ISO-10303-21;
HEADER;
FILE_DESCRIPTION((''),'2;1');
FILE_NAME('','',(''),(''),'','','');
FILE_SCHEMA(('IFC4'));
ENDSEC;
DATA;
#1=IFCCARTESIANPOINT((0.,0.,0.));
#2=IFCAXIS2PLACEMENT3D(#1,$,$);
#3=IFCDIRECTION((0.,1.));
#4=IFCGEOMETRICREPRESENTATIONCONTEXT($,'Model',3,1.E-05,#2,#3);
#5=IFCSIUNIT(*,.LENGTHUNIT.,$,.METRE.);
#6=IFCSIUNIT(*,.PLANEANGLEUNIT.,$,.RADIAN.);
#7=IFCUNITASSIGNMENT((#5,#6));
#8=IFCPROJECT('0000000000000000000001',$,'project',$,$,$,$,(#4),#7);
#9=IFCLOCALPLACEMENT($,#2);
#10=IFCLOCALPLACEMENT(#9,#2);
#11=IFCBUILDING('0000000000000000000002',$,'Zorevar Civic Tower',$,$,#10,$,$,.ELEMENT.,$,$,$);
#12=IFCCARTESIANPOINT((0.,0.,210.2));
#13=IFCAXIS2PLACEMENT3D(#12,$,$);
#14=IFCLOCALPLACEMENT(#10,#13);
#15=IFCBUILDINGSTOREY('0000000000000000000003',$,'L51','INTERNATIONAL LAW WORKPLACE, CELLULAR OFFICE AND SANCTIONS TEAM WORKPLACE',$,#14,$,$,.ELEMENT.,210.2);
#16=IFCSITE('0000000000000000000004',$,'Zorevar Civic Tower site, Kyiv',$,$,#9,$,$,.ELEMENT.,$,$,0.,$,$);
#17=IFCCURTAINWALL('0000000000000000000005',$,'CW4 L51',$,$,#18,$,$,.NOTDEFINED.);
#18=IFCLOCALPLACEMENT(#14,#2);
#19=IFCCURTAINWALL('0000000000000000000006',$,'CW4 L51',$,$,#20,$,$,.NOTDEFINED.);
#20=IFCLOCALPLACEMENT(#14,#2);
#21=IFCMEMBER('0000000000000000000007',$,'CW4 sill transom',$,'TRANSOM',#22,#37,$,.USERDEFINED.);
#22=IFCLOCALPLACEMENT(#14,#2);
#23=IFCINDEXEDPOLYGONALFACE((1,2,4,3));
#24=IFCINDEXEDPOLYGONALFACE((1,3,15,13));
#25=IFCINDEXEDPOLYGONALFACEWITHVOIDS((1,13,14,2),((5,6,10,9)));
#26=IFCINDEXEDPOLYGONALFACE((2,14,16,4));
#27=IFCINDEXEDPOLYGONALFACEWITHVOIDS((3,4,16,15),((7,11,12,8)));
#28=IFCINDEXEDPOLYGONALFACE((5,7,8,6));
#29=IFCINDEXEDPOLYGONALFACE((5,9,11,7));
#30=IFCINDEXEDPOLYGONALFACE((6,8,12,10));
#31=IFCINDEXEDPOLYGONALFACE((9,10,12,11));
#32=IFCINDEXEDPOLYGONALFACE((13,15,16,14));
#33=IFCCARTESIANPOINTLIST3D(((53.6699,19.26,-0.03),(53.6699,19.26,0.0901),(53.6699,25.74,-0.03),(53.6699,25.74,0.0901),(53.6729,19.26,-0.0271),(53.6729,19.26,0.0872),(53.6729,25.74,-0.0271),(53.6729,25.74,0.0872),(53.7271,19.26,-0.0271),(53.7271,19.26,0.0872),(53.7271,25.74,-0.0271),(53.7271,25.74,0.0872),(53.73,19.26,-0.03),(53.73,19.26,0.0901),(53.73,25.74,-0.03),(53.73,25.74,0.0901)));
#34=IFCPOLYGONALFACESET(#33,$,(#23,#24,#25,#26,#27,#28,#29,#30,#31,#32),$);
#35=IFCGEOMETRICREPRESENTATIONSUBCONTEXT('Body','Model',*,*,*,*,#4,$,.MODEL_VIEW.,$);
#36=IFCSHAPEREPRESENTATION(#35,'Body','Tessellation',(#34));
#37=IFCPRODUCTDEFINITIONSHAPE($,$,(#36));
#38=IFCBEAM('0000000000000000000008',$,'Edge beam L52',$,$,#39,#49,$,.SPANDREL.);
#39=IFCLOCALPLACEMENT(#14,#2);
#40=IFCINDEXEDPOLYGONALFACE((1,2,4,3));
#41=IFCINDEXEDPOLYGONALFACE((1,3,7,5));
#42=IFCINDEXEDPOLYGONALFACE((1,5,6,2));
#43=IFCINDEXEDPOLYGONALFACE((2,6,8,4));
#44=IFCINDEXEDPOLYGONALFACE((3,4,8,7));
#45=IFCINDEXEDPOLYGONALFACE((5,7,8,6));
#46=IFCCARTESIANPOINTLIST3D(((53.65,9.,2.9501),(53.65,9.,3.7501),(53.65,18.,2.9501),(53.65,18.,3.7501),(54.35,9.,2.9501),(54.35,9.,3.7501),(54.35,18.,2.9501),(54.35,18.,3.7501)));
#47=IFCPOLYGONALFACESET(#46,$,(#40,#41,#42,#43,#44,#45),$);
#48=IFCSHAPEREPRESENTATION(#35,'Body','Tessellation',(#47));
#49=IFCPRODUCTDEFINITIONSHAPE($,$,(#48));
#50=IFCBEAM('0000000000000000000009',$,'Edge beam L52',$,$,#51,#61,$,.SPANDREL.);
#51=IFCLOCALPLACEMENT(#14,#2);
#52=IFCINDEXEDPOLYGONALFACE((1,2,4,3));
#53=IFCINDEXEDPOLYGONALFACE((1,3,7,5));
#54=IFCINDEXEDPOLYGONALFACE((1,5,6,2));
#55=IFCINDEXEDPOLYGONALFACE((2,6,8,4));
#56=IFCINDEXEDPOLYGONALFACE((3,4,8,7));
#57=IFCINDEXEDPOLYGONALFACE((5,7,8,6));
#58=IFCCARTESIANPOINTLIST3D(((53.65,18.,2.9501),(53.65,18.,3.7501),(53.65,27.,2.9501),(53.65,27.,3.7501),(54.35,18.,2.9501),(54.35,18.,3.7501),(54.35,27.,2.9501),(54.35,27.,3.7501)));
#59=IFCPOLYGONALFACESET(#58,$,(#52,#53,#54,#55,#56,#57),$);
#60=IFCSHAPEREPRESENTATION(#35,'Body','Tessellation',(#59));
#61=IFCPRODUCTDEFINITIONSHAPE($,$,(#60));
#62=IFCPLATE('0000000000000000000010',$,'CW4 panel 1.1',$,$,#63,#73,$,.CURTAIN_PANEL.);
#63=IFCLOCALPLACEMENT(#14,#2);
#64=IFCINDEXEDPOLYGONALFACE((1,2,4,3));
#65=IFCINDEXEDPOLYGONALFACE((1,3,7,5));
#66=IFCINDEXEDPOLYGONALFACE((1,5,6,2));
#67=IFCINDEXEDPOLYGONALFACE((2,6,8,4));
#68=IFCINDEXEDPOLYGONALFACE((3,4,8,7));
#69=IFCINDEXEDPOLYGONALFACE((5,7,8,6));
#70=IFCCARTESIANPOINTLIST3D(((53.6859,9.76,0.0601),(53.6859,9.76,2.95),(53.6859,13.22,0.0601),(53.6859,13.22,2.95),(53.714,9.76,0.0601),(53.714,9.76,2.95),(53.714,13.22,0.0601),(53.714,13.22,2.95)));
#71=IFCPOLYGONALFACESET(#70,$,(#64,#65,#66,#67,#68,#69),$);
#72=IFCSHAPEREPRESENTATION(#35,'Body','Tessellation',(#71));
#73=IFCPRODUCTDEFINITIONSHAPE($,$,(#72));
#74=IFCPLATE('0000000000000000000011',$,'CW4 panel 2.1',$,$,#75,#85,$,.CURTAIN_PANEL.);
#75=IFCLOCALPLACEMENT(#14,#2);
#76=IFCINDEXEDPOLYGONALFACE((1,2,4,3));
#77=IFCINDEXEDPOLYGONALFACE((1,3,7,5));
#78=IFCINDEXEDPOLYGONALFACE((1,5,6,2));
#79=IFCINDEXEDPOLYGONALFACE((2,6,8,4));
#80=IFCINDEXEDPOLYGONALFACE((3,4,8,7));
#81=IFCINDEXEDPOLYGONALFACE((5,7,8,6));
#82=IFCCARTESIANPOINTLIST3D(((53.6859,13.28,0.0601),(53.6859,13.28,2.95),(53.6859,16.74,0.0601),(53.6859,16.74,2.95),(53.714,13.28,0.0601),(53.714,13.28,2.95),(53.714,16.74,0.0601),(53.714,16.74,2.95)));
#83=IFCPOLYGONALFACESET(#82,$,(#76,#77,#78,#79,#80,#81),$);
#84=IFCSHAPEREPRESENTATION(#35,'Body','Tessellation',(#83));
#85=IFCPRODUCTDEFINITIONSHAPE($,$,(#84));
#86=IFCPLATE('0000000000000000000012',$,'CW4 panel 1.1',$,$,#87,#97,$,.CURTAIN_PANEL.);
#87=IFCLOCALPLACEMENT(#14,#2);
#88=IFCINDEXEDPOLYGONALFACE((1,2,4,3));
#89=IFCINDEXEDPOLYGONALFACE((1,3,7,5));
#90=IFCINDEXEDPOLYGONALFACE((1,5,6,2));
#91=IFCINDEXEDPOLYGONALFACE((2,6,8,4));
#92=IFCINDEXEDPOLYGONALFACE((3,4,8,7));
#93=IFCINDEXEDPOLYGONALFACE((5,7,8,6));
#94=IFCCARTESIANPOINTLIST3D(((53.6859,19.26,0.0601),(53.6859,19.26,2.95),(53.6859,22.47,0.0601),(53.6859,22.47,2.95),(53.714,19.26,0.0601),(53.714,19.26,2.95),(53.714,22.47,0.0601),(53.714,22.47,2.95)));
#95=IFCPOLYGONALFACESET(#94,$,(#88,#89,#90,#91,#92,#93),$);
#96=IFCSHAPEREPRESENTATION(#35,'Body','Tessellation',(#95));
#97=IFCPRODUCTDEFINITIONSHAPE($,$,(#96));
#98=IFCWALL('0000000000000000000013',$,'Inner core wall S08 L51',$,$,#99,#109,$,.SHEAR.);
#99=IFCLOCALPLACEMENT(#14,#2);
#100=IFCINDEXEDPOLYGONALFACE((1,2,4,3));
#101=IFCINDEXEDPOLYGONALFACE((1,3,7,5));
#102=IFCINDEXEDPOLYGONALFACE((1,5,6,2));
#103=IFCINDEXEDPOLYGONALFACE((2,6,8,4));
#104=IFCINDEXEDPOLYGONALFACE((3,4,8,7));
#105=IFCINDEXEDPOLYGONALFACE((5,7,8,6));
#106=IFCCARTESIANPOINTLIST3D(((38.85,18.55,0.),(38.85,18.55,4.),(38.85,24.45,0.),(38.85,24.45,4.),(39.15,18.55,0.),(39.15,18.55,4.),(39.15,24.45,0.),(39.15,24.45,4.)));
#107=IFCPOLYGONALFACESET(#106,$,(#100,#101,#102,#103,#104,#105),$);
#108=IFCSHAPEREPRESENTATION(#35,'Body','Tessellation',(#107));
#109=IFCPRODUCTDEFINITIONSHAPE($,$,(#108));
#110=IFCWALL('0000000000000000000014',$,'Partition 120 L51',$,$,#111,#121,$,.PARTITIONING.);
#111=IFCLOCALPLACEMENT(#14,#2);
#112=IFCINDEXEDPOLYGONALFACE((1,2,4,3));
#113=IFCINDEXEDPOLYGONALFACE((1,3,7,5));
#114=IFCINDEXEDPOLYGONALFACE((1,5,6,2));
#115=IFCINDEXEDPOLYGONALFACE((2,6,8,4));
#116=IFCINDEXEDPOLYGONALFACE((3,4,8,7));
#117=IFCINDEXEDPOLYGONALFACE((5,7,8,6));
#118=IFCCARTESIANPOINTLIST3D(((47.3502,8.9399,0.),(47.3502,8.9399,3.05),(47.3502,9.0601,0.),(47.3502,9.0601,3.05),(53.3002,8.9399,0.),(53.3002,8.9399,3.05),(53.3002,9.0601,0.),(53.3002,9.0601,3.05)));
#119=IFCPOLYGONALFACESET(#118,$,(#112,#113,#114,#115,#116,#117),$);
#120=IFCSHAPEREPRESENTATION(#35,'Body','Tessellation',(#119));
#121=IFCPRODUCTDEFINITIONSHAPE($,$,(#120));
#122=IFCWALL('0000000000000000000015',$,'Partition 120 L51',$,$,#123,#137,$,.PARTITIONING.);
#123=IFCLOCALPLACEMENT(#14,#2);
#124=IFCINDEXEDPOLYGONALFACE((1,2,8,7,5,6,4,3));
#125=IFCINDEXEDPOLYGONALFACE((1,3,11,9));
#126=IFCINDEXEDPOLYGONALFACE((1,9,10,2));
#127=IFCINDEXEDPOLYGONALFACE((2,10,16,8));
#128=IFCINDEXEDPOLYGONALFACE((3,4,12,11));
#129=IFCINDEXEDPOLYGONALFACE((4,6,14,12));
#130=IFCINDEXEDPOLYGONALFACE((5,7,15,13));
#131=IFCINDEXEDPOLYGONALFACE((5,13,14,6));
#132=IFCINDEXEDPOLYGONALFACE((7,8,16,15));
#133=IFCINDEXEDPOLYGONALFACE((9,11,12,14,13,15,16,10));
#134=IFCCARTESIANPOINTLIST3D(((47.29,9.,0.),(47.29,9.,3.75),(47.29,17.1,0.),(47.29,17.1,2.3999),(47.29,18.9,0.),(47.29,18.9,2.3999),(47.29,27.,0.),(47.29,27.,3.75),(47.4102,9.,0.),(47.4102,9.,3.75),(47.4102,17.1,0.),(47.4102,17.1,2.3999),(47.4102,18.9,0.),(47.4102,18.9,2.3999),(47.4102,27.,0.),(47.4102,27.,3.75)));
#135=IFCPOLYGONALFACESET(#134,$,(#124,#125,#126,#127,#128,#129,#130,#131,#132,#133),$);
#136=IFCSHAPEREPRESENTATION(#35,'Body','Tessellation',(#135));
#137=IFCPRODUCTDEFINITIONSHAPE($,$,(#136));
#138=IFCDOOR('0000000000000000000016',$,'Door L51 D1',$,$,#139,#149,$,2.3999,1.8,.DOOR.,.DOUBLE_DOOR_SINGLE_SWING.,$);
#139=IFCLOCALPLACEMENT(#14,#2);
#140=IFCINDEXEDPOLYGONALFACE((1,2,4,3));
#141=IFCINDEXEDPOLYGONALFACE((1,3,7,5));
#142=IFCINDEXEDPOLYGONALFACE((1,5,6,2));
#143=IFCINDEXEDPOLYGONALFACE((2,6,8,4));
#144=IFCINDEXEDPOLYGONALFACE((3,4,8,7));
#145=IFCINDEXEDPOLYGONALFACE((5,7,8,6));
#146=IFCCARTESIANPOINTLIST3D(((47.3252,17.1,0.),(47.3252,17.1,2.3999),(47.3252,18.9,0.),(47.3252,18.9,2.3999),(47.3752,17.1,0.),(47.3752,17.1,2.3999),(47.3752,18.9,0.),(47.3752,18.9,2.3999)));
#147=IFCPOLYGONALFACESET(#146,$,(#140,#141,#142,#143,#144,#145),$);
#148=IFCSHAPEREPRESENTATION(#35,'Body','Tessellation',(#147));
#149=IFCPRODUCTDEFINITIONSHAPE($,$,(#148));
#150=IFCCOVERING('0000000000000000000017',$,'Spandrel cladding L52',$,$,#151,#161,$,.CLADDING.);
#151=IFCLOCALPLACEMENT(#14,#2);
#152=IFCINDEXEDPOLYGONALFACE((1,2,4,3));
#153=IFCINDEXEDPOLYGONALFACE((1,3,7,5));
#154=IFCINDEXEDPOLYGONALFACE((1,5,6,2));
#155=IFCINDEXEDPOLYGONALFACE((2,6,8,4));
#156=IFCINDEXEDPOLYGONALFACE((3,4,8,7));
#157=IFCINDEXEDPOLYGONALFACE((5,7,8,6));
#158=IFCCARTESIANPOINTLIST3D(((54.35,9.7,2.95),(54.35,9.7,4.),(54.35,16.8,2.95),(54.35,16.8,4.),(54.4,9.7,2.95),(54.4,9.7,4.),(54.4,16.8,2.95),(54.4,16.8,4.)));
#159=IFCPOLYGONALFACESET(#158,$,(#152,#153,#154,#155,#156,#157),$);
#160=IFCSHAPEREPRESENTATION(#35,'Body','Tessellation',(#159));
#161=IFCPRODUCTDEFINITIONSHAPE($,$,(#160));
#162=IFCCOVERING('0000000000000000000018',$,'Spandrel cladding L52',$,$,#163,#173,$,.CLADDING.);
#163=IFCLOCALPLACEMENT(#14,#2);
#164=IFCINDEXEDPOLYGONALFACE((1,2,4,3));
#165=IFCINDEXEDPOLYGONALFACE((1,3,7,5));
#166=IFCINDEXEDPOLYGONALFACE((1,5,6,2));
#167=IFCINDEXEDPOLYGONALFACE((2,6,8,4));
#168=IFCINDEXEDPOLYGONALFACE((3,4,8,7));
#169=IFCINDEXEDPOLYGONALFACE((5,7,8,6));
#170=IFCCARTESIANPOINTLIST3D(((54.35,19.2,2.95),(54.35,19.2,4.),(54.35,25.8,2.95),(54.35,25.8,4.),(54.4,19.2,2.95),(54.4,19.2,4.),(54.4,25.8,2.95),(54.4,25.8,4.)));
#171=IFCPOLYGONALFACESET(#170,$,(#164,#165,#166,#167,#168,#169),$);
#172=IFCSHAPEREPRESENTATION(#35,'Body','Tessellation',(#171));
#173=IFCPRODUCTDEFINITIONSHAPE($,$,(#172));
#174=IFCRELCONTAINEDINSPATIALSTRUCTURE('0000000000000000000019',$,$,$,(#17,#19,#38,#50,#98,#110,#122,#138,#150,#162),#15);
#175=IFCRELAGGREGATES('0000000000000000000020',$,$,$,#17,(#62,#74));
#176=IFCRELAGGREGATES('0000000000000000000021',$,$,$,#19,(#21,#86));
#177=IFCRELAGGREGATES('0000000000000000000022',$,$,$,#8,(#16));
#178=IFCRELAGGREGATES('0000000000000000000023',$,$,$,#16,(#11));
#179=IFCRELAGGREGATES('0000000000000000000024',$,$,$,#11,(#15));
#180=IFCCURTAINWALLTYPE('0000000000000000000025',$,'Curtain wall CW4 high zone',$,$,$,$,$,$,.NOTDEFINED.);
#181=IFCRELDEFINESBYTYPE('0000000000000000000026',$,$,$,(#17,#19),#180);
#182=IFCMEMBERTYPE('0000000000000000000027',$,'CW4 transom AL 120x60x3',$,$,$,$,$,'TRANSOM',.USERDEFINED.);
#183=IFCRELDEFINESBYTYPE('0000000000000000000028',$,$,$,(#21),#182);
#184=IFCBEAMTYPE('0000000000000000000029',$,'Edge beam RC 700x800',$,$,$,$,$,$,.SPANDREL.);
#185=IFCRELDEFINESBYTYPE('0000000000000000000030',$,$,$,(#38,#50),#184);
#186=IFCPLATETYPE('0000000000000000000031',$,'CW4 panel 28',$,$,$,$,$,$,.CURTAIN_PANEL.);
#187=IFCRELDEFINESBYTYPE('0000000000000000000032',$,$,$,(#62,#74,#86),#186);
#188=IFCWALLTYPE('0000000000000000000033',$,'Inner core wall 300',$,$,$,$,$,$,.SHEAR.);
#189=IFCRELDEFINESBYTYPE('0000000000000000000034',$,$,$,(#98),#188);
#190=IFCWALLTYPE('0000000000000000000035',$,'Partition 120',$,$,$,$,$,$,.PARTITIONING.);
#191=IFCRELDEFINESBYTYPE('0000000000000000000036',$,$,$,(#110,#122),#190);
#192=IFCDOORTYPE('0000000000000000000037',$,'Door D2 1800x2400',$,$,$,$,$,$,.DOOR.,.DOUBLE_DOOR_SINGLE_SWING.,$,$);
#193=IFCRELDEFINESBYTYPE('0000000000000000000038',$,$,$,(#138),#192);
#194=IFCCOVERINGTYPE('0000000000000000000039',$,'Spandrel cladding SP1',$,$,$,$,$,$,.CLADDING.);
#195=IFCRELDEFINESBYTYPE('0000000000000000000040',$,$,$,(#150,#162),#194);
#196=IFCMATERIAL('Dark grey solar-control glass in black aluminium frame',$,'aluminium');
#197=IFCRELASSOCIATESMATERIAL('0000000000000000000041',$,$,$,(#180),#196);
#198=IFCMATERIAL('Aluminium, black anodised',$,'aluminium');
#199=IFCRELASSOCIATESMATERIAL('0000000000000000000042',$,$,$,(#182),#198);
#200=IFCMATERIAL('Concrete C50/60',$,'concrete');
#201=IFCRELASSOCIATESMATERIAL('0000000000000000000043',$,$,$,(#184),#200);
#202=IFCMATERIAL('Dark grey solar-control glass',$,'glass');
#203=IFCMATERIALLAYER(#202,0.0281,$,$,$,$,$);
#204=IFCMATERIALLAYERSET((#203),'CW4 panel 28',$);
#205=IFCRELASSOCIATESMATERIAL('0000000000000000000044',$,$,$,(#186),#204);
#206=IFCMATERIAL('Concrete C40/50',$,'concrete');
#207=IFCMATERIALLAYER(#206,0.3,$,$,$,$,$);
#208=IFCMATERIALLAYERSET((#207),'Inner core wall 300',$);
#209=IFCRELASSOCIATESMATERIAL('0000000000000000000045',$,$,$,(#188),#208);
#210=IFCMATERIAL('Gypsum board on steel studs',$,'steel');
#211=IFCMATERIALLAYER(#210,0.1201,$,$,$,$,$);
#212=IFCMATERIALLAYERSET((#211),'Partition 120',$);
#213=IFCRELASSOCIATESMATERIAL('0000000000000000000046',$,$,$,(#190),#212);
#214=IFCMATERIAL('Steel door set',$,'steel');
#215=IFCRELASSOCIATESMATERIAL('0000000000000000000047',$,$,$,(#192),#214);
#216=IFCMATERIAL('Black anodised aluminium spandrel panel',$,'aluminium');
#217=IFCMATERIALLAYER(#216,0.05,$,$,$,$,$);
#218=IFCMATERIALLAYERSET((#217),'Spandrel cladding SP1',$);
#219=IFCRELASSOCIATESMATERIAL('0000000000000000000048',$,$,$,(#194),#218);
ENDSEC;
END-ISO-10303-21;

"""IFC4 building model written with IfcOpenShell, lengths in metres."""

from ifc_helpers import new_model, si_unit, direction, frame, frame_2d, origin, origin_2d, place, context, subcontext, project, spatial, rectangle, hollow_rectangle, extrude, material, layer, layer_set, material_profile, profile_set, type_object, element, fill, aggregate, save


model = new_model("IFC4")

# Units and contexts
model_context = context("Model", 3, precision=1e-05, world=origin(), true_north=direction((0.0, 1.0)))
body_context = subcontext(model_context, "Body", "Model", "MODEL_VIEW")
ifc_project = project(units=[si_unit("LENGTHUNIT", "METRE"), si_unit("PLANEANGLEUNIT", "RADIAN")], contexts=[model_context])

# Site, building, storey
site_placement = place(None, origin())
site = spatial("IfcSite", under=ifc_project, at=site_placement, Name="Zorevar Civic Tower site, Kyiv", CompositionType="ELEMENT", RefElevation=0.0)
building_placement = place(site_placement, origin())
building = spatial("IfcBuilding", under=site, at=building_placement, Name="Zorevar Civic Tower", CompositionType="ELEMENT")
storey_placement = place(building_placement, frame((0.0, 0.0, 210.2)))
storey = spatial("IfcBuildingStorey", under=building, at=storey_placement, Name="L51", Description="INTERNATIONAL LAW WORKPLACE, CELLULAR OFFICE AND SANCTIONS TEAM WORKPLACE", CompositionType="ELEMENT", Elevation=210.2)

# Curtain wall
ifc_material_1 = material(Name="Dark grey solar-control glass in black aluminium frame", Category="aluminium")
curtain_wall_type = type_object("IfcCurtainWallType", Name="Curtain wall CW4 high zone", PredefinedType="NOTDEFINED", material=ifc_material_1)
curtain_wall_1_placement = place(storey_placement, origin())
curtain_wall_1 = element("IfcCurtainWall", 1, at=curtain_wall_1_placement, inside=storey, type_object=curtain_wall_type, Name="CW4 L51", PredefinedType="NOTDEFINED")

# Curtain wall
curtain_wall_2_placement = place(storey_placement, origin())
curtain_wall_2 = element("IfcCurtainWall", 2, at=curtain_wall_2_placement, inside=storey, type_object=curtain_wall_type, Name="CW4 L51", PredefinedType="NOTDEFINED")

# Member
ifc_material_2 = material(Name="Aluminium, black anodised", Category="aluminium")
ifc_material_profile_1 = material_profile(ifc_material_2, hollow_rectangle(XDim=0.0601, YDim=0.1201, WallThickness=0.0029, at=origin_2d()), Name="AL 120x60x3")
ifc_profile_set_1 = profile_set([ifc_material_profile_1], Name="Aluminium, black anodised")
member_type_1 = type_object("IfcMemberType", Name="CW4 transom AL 120x60x3", ElementType="TRANSOM", PredefinedType="USERDEFINED", material=ifc_profile_set_1)
member_1_placement = place(storey_placement, frame((53.7, 19.26, 0.03), z_axis=(0.0, 1.0, 0.0), x_axis=(-1.0, 0.0, 0.0)))
member_1 = element("IfcMember", 3, at=member_1_placement, type_object=member_type_1, Name="CW4 sill transom", ObjectType="TRANSOM", PredefinedType="USERDEFINED", context=body_context, shape_type="SweptSolid", body=[
    extrude(hollow_rectangle(XDim=0.0601, YDim=0.1201, WallThickness=0.0029, at=origin_2d()), origin(), (0.0, 0.0, 1.0), 6.48),
])

# Beams
ifc_material_3 = material(Name="Concrete C50/60", Category="concrete")
ifc_material_profile_2 = material_profile(ifc_material_3, rectangle(XDim=0.7, YDim=0.8, at=origin_2d()), Name="RC 700x800")
ifc_profile_set_2 = profile_set([ifc_material_profile_2], Name="Concrete C50/60")
beam_type_1 = type_object("IfcBeamType", Name="Edge beam RC 700x800", PredefinedType="SPANDREL", material=ifc_profile_set_2)
for number, where, z_axis, x_axis, name in (
    (4, (54.0, 9.0, 3.3501), (0.0, 1.0, 0.0), (-1.0, 0.0, 0.0), "Edge beam L52"),
    (5, (54.0, 18.0, 3.3501), (0.0, 1.0, 0.0), (-1.0, 0.0, 0.0), "Edge beam L52"),
):
    element("IfcBeam", number, at=place(storey_placement, frame(where, z_axis=z_axis, x_axis=x_axis)), inside=storey, type_object=beam_type_1, Name=name, PredefinedType="SPANDREL", context=body_context, shape_type="SweptSolid", body=[
        extrude(rectangle(XDim=0.7, YDim=0.8, at=origin_2d()), origin(), (0.0, 0.0, 1.0), 9.0),
    ])

# Plates
ifc_material_4 = material(Name="Dark grey solar-control glass", Category="glass")
ifc_layer_1 = layer(ifc_material_4, 0.0281)
ifc_layer_set_1 = layer_set([ifc_layer_1], Name="CW4 panel 28")
plate_type = type_object("IfcPlateType", Name="CW4 panel 28", PredefinedType="CURTAIN_PANEL", material=ifc_layer_set_1)
plate_1_placement = place(storey_placement, frame((53.7, 11.49, 0.0601), z_axis=(0.0, 0.0, 1.0), x_axis=(0.0, 1.0, 0.0)))
plate_1 = element("IfcPlate", 6, at=plate_1_placement, type_object=plate_type, Name="CW4 panel 1.1", PredefinedType="CURTAIN_PANEL", context=body_context, shape_type="SweptSolid", body=[
    extrude(rectangle(XDim=3.46, YDim=0.0281, at=origin_2d()), origin(), (0.0, 0.0, 1.0), 2.8899),
])
plate_2_placement = place(storey_placement, frame((53.7, 15.01, 0.0601), z_axis=(0.0, 0.0, 1.0), x_axis=(0.0, 1.0, 0.0)))
plate_2 = element("IfcPlate", 7, at=plate_2_placement, type_object=plate_type, Name="CW4 panel 2.1", PredefinedType="CURTAIN_PANEL", context=body_context, shape_type="SweptSolid", body=[
    extrude(rectangle(XDim=3.46, YDim=0.0281, at=origin_2d()), origin(), (0.0, 0.0, 1.0), 2.8899),
])
aggregate(curtain_wall_1, [plate_1, plate_2])
plate_3_placement = place(storey_placement, frame((53.7, 20.865, 0.0601), z_axis=(0.0, 0.0, 1.0), x_axis=(0.0, 1.0, 0.0)))
plate_3 = element("IfcPlate", 8, at=plate_3_placement, type_object=plate_type, Name="CW4 panel 1.1", PredefinedType="CURTAIN_PANEL", context=body_context, shape_type="SweptSolid", body=[
    extrude(rectangle(XDim=3.21, YDim=0.0281, at=origin_2d()), origin(), (0.0, 0.0, 1.0), 2.8899),
])
aggregate(curtain_wall_2, [member_1, plate_3])

# Walls
ifc_material_5 = material(Name="Concrete C40/50", Category="concrete")
ifc_layer_2 = layer(ifc_material_5, 0.3)
ifc_layer_set_2 = layer_set([ifc_layer_2], Name="Inner core wall 300")
wall_type_1 = type_object("IfcWallType", Name="Inner core wall 300", PredefinedType="SHEAR", material=ifc_layer_set_2)
wall_1_placement = place(storey_placement, frame((39.0, 18.55, 0.0), z_axis=(0.0, 0.0, 1.0), x_axis=(0.0, 1.0, 0.0)))
element("IfcWall", 9, at=wall_1_placement, inside=storey, type_object=wall_type_1, Name="Inner core wall S08 L51", PredefinedType="SHEAR", context=body_context, shape_type="SweptSolid", body=[
    extrude(rectangle(XDim=5.8999, YDim=0.3, at=frame_2d((2.95, 0.0))), origin(), (0.0, 0.0, 1.0), 4.0),
])
ifc_material_6 = material(Name="Gypsum board on steel studs", Category="steel")
ifc_layer_3 = layer(ifc_material_6, 0.1201)
ifc_layer_set_3 = layer_set([ifc_layer_3], Name="Partition 120")
wall_type_2 = type_object("IfcWallType", Name="Partition 120", PredefinedType="PARTITIONING", material=ifc_layer_set_3)
wall_2_placement = place(storey_placement, frame((47.3501, 9.0, 0.0), z_axis=(0.0, 0.0, 1.0), x_axis=(1.0, 0.0, 0.0)))
element("IfcWall", 10, at=wall_2_placement, inside=storey, type_object=wall_type_2, Name="Partition 120 L51", PredefinedType="PARTITIONING", context=body_context, shape_type="SweptSolid", body=[
    extrude(rectangle(XDim=5.95, YDim=0.1201, at=frame_2d((2.9751, 0.0))), origin(), (0.0, 0.0, 1.0), 3.05),
])

# Wall, opening, door
wall_3_placement = place(storey_placement, frame((47.3501, 9.0, 0.0), z_axis=(0.0, 0.0, 1.0), x_axis=(0.0, 1.0, 0.0)))
wall_3 = element("IfcWall", 11, at=wall_3_placement, inside=storey, type_object=wall_type_2, Name="Partition 120 L51", PredefinedType="PARTITIONING", context=body_context, shape_type="SweptSolid", body=[
    extrude(rectangle(XDim=18.0, YDim=0.1201, at=frame_2d((9.0, 0.0))), origin(), (0.0, 0.0, 1.0), 3.75),
])
opening_1_placement = place(wall_3_placement, frame((8.1001, 0.0, 0.0)))
opening_1 = element("IfcOpeningElement", 12, at=opening_1_placement, cuts=wall_3, PredefinedType="OPENING", context=body_context, shape_type="SweptSolid", body=[
    extrude(rectangle(XDim=1.8, YDim=2.3999, at=frame_2d((0.8999, 1.2))), frame((0.0, 0.0701, 0.0), z_axis=(0.0, -1.0, 0.0), x_axis=(1.0, 0.0, 0.0)), (0.0, 0.0, 1.0), 0.1401),
])
ifc_material_7 = material(Name="Steel door set", Category="steel")
door_type_1 = type_object("IfcDoorType", Name="Door D2 1800x2400", OperationType="DOUBLE_DOOR_SINGLE_SWING", PredefinedType="DOOR", material=ifc_material_7)
door_1_placement = place(opening_1_placement, origin())
door_1 = element("IfcDoor", 13, at=door_1_placement, inside=storey, type_object=door_type_1, Name="Door L51 D1", OperationType="DOUBLE_DOOR_SINGLE_SWING", OverallHeight=2.3999, OverallWidth=1.8, PredefinedType="DOOR", context=body_context, shape_type="SweptSolid", body=[
    extrude(rectangle(XDim=1.8, YDim=2.3999, at=frame_2d((0.8999, 1.2))), frame((0.0, 0.0249, 0.0), z_axis=(0.0, -1.0, 0.0), x_axis=(1.0, 0.0, 0.0)), (0.0, 0.0, 1.0), 0.05),
])
fill(opening_1, door_1)

# Coverings
ifc_material_8 = material(Name="Black anodised aluminium spandrel panel", Category="aluminium")
ifc_layer_4 = layer(ifc_material_8, 0.05)
ifc_layer_set_4 = layer_set([ifc_layer_4], Name="Spandrel cladding SP1")
covering_type = type_object("IfcCoveringType", Name="Spandrel cladding SP1", PredefinedType="CLADDING", material=ifc_layer_set_4)
covering_1_placement = place(storey_placement, frame((54.375, 9.7, 2.95), z_axis=(0.0, 0.0, 1.0), x_axis=(0.0, 1.0, 0.0)))
element("IfcCovering", 14, at=covering_1_placement, inside=storey, type_object=covering_type, Name="Spandrel cladding L52", PredefinedType="CLADDING", context=body_context, shape_type="SweptSolid", body=[
    extrude(rectangle(XDim=7.1001, YDim=0.05, at=frame_2d((3.55, 0.0))), origin(), (0.0, 0.0, 1.0), 1.05),
])
covering_2_placement = place(storey_placement, frame((54.375, 19.2, 2.95), z_axis=(0.0, 0.0, 1.0), x_axis=(0.0, 1.0, 0.0)))
element("IfcCovering", 15, at=covering_2_placement, inside=storey, type_object=covering_type, Name="Spandrel cladding L52", PredefinedType="CLADDING", context=body_context, shape_type="SweptSolid", body=[
    extrude(rectangle(XDim=6.6001, YDim=0.05, at=frame_2d((3.3, 0.0))), origin(), (0.0, 0.0, 1.0), 1.05),
])

save(model, "model.ifc")
